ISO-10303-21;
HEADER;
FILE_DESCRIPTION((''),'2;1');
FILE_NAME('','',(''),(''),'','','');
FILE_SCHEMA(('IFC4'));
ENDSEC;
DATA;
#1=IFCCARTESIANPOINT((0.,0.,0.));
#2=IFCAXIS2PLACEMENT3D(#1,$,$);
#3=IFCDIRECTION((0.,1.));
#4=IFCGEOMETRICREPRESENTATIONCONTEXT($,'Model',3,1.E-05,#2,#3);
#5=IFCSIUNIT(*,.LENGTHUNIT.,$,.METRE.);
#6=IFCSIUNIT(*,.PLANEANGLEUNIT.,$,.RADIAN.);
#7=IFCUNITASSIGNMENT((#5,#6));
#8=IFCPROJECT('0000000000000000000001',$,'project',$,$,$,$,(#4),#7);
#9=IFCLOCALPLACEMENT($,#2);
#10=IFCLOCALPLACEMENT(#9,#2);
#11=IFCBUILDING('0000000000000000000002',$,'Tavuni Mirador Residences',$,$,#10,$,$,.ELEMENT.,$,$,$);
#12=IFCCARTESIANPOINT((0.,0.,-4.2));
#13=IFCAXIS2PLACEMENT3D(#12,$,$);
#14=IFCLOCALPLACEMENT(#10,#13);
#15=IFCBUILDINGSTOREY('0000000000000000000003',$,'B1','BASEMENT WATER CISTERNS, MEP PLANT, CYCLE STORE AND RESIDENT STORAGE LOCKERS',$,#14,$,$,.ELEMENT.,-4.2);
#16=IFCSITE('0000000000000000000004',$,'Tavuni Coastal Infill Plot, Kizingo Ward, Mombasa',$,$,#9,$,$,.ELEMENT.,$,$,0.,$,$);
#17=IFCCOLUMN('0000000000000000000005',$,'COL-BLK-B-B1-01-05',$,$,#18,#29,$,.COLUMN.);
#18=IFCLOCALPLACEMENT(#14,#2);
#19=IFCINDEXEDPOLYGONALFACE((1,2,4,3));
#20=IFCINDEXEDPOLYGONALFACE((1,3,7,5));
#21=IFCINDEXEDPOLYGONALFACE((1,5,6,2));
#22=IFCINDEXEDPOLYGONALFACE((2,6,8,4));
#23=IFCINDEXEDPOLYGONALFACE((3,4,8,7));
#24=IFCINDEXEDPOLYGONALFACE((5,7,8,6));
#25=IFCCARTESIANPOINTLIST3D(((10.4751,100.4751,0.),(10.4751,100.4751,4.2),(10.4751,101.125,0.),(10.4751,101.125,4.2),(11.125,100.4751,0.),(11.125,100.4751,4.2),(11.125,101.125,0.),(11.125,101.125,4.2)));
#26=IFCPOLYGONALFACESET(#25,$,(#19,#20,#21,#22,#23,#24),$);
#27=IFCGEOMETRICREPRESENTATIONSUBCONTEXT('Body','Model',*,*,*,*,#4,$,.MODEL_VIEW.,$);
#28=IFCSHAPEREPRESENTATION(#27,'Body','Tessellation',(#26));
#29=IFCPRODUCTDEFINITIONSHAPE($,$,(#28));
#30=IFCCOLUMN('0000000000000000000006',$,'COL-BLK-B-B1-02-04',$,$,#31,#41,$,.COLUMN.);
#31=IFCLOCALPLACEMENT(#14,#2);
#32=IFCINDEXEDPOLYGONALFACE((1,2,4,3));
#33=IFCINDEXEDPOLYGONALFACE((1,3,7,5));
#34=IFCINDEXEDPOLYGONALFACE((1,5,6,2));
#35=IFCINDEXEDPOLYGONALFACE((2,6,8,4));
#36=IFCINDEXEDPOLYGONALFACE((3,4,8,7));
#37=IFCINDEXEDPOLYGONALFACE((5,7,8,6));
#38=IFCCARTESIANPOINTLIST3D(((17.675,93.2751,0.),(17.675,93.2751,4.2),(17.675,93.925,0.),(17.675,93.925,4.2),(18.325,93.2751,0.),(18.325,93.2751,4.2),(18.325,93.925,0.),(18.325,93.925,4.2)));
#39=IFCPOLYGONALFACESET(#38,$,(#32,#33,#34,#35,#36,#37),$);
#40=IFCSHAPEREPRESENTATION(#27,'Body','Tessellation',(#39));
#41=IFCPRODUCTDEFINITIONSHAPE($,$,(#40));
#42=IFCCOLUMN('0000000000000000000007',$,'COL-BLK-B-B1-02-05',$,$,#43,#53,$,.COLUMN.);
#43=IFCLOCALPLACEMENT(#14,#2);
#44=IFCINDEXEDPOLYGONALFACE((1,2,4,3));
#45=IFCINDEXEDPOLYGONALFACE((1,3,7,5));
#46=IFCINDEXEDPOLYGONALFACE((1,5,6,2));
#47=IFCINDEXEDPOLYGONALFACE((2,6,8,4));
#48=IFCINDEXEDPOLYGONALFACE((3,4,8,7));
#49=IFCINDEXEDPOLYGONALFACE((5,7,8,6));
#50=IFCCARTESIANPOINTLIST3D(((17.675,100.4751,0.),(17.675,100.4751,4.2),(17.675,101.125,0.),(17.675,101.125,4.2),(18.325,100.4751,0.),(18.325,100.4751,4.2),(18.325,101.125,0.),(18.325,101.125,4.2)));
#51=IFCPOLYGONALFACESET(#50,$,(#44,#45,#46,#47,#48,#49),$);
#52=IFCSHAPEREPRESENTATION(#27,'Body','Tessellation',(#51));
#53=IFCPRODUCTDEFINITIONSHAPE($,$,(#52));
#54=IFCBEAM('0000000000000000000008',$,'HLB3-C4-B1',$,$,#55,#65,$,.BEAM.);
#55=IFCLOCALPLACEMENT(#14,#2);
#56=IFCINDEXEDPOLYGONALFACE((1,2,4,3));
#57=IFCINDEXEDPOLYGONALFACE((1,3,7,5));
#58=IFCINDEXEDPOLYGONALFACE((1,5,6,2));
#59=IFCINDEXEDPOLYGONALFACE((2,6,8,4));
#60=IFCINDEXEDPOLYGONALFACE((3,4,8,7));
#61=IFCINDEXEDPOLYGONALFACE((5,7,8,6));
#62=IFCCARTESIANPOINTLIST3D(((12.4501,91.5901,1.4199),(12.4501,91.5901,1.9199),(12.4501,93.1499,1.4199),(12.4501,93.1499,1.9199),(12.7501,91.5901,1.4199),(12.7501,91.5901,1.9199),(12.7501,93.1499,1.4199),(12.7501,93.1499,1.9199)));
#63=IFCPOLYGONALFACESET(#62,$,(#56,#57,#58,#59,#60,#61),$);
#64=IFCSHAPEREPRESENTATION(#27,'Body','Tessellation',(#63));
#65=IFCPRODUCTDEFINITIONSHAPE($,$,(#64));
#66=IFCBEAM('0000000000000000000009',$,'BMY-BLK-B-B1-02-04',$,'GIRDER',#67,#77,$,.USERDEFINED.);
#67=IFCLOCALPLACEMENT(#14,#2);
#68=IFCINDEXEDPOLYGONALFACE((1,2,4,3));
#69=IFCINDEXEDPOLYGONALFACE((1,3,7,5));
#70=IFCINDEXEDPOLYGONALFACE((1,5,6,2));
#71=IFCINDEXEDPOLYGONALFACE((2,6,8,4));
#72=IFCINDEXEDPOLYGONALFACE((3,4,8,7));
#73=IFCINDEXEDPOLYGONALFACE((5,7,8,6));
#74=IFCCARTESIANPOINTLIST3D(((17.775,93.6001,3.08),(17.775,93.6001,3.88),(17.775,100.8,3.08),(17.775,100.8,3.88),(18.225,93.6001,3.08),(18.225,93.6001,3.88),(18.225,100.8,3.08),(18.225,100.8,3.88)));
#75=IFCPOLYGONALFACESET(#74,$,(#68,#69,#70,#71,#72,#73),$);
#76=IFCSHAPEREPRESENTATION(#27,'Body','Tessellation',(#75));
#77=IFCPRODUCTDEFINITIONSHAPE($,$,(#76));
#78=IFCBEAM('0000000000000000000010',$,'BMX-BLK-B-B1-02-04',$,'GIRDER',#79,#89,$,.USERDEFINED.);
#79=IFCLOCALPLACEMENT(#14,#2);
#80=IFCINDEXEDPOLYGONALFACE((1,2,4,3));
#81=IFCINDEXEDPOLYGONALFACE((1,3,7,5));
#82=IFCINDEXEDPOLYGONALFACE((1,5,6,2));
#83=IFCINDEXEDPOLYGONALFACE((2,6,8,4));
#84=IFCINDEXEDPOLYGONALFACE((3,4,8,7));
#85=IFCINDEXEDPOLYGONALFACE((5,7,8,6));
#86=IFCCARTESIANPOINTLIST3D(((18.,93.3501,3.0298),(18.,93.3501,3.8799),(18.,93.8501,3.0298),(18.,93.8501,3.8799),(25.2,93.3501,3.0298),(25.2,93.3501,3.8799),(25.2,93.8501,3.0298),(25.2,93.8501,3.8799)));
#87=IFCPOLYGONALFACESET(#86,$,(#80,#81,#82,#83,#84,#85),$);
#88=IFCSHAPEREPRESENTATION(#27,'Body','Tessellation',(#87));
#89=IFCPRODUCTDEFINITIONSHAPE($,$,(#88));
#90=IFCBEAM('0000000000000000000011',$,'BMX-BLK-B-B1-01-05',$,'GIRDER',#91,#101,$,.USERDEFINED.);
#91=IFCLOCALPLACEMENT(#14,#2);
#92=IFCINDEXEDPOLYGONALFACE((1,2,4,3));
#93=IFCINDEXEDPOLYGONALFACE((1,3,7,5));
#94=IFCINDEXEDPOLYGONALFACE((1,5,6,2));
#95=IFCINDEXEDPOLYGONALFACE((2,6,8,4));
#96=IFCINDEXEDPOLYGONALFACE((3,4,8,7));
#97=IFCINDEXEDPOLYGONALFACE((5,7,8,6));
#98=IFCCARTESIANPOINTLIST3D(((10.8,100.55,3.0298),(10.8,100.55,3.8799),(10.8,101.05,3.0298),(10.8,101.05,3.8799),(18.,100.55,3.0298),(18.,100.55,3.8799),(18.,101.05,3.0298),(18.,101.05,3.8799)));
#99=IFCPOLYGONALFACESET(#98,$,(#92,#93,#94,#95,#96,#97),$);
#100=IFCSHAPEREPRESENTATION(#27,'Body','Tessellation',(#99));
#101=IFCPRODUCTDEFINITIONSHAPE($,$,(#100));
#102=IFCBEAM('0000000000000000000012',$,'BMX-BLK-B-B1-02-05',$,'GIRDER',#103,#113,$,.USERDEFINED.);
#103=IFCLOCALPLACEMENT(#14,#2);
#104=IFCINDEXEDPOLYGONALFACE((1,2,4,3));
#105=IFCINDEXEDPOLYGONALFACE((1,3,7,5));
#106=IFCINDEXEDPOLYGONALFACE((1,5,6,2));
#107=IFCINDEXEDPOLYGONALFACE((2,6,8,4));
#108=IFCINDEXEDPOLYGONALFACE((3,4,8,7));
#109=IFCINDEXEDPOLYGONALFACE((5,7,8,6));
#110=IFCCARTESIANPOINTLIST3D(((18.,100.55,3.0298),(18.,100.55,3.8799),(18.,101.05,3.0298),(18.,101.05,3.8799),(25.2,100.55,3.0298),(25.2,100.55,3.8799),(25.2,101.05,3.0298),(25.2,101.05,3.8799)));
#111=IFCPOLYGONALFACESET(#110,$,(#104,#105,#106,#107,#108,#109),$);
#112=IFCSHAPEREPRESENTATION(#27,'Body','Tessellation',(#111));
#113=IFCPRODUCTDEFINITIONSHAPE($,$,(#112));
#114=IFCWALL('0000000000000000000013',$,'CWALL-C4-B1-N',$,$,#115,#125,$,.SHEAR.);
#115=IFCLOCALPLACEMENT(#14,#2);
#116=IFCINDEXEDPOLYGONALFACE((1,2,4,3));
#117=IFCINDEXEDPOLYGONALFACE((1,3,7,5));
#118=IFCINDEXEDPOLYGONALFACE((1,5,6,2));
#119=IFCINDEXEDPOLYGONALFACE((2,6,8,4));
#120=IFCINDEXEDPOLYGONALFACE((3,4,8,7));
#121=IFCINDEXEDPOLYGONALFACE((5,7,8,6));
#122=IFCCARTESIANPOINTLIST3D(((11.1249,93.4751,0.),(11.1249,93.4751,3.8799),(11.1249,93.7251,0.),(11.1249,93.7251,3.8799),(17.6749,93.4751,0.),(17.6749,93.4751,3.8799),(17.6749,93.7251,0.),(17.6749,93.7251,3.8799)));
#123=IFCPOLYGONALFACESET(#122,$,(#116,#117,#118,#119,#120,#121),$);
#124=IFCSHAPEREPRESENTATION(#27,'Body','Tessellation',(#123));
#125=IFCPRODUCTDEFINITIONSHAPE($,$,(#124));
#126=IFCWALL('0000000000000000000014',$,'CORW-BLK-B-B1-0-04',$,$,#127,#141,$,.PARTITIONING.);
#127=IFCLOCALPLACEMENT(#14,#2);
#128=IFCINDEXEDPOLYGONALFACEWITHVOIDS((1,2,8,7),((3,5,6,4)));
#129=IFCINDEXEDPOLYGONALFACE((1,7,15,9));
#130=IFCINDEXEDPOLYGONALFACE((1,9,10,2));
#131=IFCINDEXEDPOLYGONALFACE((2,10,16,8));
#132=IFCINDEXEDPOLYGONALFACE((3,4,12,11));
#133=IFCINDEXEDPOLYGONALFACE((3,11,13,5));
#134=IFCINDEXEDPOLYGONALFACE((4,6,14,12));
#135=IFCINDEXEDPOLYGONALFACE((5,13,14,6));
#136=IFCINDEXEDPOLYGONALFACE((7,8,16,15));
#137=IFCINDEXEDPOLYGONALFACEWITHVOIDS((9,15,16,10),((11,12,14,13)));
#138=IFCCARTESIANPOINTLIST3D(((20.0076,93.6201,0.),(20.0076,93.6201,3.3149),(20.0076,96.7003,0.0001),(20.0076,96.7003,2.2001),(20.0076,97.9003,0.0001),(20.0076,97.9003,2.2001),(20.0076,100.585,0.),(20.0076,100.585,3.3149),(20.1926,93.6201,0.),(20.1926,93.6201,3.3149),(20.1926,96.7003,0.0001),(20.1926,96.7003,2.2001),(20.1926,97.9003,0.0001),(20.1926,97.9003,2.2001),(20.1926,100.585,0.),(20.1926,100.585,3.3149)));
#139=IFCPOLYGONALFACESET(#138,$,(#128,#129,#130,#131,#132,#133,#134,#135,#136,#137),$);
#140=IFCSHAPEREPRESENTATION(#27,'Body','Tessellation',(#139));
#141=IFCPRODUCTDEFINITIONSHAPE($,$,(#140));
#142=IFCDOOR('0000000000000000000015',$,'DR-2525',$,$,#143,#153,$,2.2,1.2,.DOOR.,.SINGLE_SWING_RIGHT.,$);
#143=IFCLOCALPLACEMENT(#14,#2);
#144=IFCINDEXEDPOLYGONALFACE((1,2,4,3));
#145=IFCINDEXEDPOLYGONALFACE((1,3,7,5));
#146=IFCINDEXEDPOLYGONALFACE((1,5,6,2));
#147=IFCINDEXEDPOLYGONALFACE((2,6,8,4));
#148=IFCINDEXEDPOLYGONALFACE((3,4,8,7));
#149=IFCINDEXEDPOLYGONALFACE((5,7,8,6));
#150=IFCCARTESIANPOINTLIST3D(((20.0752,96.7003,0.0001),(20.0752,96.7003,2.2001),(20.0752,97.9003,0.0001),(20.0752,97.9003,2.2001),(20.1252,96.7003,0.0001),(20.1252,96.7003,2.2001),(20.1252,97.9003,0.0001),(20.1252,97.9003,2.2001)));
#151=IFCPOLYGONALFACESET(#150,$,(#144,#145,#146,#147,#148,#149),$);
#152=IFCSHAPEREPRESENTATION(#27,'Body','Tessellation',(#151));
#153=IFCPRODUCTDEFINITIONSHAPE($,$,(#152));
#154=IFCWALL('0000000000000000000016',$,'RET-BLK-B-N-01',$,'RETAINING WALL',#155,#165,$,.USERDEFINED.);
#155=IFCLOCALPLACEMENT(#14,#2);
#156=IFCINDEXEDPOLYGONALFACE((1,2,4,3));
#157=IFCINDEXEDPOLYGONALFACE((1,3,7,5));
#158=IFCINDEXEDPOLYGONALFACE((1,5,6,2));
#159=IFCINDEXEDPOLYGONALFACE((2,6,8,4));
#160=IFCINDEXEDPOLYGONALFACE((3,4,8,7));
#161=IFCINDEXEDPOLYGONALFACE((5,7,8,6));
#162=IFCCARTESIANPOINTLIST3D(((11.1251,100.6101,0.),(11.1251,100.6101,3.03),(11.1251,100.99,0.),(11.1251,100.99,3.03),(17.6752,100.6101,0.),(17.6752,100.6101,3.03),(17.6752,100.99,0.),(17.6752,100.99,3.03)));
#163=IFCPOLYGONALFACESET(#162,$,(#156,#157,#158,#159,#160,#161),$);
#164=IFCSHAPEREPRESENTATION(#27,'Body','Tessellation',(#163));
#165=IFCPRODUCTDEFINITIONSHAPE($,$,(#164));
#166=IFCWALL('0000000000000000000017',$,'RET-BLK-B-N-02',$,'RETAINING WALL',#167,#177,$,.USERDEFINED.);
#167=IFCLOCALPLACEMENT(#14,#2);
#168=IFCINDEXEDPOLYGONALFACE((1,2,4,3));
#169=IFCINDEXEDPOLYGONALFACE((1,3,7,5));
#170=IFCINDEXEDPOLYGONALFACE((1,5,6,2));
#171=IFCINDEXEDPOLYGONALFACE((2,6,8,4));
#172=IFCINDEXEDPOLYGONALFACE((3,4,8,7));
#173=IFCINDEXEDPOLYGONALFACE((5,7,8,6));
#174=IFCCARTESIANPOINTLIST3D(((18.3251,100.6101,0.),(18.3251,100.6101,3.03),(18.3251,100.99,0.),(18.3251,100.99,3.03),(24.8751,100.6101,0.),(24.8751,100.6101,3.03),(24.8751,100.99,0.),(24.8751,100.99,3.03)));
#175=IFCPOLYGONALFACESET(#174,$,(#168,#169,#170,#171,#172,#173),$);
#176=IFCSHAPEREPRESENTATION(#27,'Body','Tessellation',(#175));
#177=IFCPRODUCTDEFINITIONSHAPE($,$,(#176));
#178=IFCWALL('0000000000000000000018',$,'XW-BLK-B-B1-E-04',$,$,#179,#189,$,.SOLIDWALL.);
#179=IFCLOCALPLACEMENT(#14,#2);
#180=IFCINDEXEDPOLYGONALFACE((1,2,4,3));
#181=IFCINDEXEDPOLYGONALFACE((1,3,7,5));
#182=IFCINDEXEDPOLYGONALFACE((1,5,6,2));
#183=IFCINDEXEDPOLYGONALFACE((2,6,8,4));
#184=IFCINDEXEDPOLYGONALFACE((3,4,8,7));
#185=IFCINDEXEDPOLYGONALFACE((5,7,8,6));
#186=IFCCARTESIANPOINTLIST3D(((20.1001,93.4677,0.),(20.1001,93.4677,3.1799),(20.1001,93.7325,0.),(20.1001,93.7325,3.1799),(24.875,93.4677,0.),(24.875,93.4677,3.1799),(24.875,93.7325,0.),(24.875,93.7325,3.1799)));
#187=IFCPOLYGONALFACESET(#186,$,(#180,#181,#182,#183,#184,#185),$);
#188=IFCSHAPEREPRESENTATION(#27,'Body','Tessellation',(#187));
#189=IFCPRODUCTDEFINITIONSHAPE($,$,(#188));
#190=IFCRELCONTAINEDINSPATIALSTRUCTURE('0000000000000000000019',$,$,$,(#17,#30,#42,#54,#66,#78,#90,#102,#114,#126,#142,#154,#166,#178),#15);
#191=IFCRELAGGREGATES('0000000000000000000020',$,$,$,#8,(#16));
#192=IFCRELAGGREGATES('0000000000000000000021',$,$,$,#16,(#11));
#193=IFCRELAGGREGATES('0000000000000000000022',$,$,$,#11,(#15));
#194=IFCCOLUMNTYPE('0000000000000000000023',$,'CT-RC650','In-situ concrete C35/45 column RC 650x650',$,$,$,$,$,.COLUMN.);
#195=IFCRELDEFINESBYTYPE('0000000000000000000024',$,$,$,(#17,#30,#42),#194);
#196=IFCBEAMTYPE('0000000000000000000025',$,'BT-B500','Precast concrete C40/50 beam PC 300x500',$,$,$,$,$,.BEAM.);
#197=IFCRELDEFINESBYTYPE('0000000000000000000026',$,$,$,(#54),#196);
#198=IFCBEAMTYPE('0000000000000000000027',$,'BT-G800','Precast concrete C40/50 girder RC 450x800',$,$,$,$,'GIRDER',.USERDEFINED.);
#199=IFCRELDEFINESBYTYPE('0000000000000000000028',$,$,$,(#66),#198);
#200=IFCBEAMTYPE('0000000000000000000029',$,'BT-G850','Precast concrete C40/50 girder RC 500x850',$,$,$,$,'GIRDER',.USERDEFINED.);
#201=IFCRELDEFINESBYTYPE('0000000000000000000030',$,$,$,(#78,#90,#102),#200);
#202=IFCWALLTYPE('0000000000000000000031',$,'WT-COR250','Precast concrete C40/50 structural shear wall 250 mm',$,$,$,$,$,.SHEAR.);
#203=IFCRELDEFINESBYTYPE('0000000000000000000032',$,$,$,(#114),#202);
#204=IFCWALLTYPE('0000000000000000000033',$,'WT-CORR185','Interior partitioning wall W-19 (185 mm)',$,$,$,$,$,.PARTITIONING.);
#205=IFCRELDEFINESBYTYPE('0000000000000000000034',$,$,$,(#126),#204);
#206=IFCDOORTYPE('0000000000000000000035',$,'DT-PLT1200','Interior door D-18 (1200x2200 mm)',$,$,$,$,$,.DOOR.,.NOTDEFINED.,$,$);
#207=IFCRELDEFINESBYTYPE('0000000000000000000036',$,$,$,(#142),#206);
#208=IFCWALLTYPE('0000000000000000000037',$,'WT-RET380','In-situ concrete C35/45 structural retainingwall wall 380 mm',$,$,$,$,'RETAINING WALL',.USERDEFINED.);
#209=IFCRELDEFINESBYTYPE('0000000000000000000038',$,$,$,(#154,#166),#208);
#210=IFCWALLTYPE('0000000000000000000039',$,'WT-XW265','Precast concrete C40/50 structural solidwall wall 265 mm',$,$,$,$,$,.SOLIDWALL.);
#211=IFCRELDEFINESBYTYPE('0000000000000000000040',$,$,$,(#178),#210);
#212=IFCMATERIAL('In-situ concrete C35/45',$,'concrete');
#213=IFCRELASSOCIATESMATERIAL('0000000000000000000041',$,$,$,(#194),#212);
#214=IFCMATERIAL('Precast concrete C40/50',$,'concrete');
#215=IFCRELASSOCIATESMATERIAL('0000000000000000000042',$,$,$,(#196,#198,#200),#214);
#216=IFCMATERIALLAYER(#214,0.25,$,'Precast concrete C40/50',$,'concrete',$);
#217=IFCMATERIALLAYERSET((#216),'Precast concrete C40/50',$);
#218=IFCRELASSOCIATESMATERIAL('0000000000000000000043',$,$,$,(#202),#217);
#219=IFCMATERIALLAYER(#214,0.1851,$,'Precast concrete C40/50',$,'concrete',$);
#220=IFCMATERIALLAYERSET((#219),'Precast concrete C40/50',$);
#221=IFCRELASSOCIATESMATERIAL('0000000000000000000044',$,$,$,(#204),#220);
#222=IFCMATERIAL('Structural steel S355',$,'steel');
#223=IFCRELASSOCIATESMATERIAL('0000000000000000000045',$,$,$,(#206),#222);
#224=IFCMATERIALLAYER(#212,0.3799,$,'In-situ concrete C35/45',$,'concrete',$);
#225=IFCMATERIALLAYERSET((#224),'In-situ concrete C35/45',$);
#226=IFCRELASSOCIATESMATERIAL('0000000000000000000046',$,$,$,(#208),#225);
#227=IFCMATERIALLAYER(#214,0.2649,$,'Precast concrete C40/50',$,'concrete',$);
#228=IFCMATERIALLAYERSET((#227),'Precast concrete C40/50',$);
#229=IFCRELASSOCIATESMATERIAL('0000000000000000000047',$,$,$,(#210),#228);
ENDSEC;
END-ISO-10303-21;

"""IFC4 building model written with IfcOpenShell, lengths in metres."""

from ifc_helpers import new_model, si_unit, direction, frame, frame_2d, origin, origin_2d, place, context, subcontext, project, spatial, rectangle, extrude, material, layer, layer_set, material_profile, profile_set, type_object, element, fill, save


model = new_model("IFC4")

# Units and contexts
model_context = context("Model", 3, precision=1e-05, world=origin(), true_north=direction((0.0, 1.0)))
body_context = subcontext(model_context, "Body", "Model", "MODEL_VIEW")
ifc_project = project(units=[si_unit("LENGTHUNIT", "METRE"), si_unit("PLANEANGLEUNIT", "RADIAN")], contexts=[model_context])

# Site, building, storey
site_placement = place(None, origin())
site = spatial("IfcSite", under=ifc_project, at=site_placement, Name="Tavuni Coastal Infill Plot, Kizingo Ward, Mombasa", CompositionType="ELEMENT", RefElevation=0.0)
building_placement = place(site_placement, origin())
building = spatial("IfcBuilding", under=site, at=building_placement, Name="Tavuni Mirador Residences", CompositionType="ELEMENT")
storey_placement = place(building_placement, frame((0.0, 0.0, -4.2)))
storey = spatial("IfcBuildingStorey", under=building, at=storey_placement, Name="B1", Description="BASEMENT WATER CISTERNS, MEP PLANT, CYCLE STORE AND RESIDENT STORAGE LOCKERS", CompositionType="ELEMENT", Elevation=-4.2)

# Shared definitions
ifc_material_1 = material(Name="In-situ concrete C35/45", Category="concrete")

# Columns
ifc_material_profile_1 = material_profile(ifc_material_1, rectangle(XDim=0.6499, YDim=0.6499, at=origin_2d()), Name="RC 650x650", Category="concrete")
ifc_profile_set_1 = profile_set([ifc_material_profile_1], Name="In-situ concrete C35/45")
column_type = type_object("IfcColumnType", Name="CT-RC650", Description="In-situ concrete C35/45 column RC 650x650", PredefinedType="COLUMN", material=ifc_profile_set_1)
for number, where, z_axis, x_axis, name in (
    (1, (10.8, 100.8, 0.0), (0.0, 0.0, 1.0), (1.0, 0.0, 0.0), "COL-BLK-B-B1-01-05"),
    (2, (18.0, 93.6001, 0.0), (0.0, 0.0, 1.0), (1.0, 0.0, 0.0), "COL-BLK-B-B1-02-04"),
    (3, (18.0, 100.8, 0.0), (0.0, 0.0, 1.0), (1.0, 0.0, 0.0), "COL-BLK-B-B1-02-05"),
):
    element("IfcColumn", number, at=place(storey_placement, frame(where, z_axis=z_axis, x_axis=x_axis)), inside=storey, type_object=column_type, Name=name, PredefinedType="COLUMN", context=body_context, shape_type="SweptSolid", body=[
        extrude(rectangle(XDim=0.6499, YDim=0.6499, at=origin_2d()), origin(), (0.0, 0.0, 1.0), 4.2),
    ])

# Beams
ifc_material_2 = material(Name="Precast concrete C40/50", Category="concrete")
ifc_material_profile_2 = material_profile(ifc_material_2, rectangle(XDim=0.3, YDim=0.5, at=origin_2d()), Name="PC 300x500", Category="concrete")
ifc_profile_set_2 = profile_set([ifc_material_profile_2], Name="Precast concrete C40/50")
beam_type_1 = type_object("IfcBeamType", Name="BT-B500", Description="Precast concrete C40/50 beam PC 300x500", PredefinedType="BEAM", material=ifc_profile_set_2)
beam_1_placement = place(storey_placement, frame((12.6001, 91.5901, 1.6699), z_axis=(0.0, 1.0, 0.0), x_axis=(-1.0, 0.0, 0.0)))
element("IfcBeam", 4, at=beam_1_placement, inside=storey, type_object=beam_type_1, Name="HLB3-C4-B1", PredefinedType="BEAM", context=body_context, shape_type="SweptSolid", body=[
    extrude(rectangle(XDim=0.3, YDim=0.5, at=origin_2d()), origin(), (0.0, 0.0, 1.0), 1.5598),
])
ifc_material_profile_3 = material_profile(ifc_material_2, rectangle(XDim=0.45, YDim=0.8, at=origin_2d()), Name="RC 450x800", Category="concrete")
ifc_profile_set_3 = profile_set([ifc_material_profile_3], Name="Precast concrete C40/50")
beam_type_2 = type_object("IfcBeamType", Name="BT-G800", Description="Precast concrete C40/50 girder RC 450x800", ElementType="GIRDER", PredefinedType="USERDEFINED", material=ifc_profile_set_3)
beam_2_placement = place(storey_placement, frame((18.0, 93.6001, 3.48), z_axis=(0.0, 1.0, 0.0), x_axis=(-1.0, 0.0, 0.0)))
element("IfcBeam", 5, at=beam_2_placement, inside=storey, type_object=beam_type_2, Name="BMY-BLK-B-B1-02-04", ObjectType="GIRDER", PredefinedType="USERDEFINED", context=body_context, shape_type="SweptSolid", body=[
    extrude(rectangle(XDim=0.45, YDim=0.8, at=origin_2d()), origin(), (0.0, 0.0, 1.0), 7.2),
])
ifc_material_profile_4 = material_profile(ifc_material_2, rectangle(XDim=0.5, YDim=0.8501, at=origin_2d()), Name="RC 500x850", Category="concrete")
ifc_profile_set_4 = profile_set([ifc_material_profile_4], Name="Precast concrete C40/50")
beam_type_3 = type_object("IfcBeamType", Name="BT-G850", Description="Precast concrete C40/50 girder RC 500x850", ElementType="GIRDER", PredefinedType="USERDEFINED", material=ifc_profile_set_4)
for number, where, z_axis, x_axis, name in (
    (6, (18.0, 93.6001, 3.4548), (1.0, 0.0, 0.0), (0.0, 1.0, 0.0), "BMX-BLK-B-B1-02-04"),
    (7, (10.8, 100.8, 3.4548), (1.0, 0.0, 0.0), (0.0, 1.0, 0.0), "BMX-BLK-B-B1-01-05"),
    (8, (18.0, 100.8, 3.4548), (1.0, 0.0, 0.0), (0.0, 1.0, 0.0), "BMX-BLK-B-B1-02-05"),
):
    element("IfcBeam", number, at=place(storey_placement, frame(where, z_axis=z_axis, x_axis=x_axis)), inside=storey, type_object=beam_type_3, Name=name, ObjectType="GIRDER", PredefinedType="USERDEFINED", context=body_context, shape_type="SweptSolid", body=[
        extrude(rectangle(XDim=0.5, YDim=0.8501, at=origin_2d()), origin(), (0.0, 0.0, 1.0), 7.2),
    ])

# Wall
ifc_layer_1 = layer(ifc_material_2, 0.25, Name="Precast concrete C40/50", Category="concrete")
ifc_layer_set_1 = layer_set([ifc_layer_1], Name="Precast concrete C40/50")
wall_type_1 = type_object("IfcWallType", Name="WT-COR250", Description="Precast concrete C40/50 structural shear wall 250 mm", PredefinedType="SHEAR", material=ifc_layer_set_1)
wall_1_placement = place(storey_placement, frame((11.125, 93.6001, 0.0), z_axis=(0.0, 0.0, 1.0), x_axis=(1.0, 0.0, 0.0)))
element("IfcWall", 9, at=wall_1_placement, inside=storey, type_object=wall_type_1, Name="CWALL-C4-B1-N", PredefinedType="SHEAR", context=body_context, shape_type="SweptSolid", body=[
    extrude(rectangle(XDim=6.55, YDim=0.25, at=frame_2d((3.2749, 0.0))), origin(), (0.0, 0.0, 1.0), 3.8799),
])

# Wall, opening, door
ifc_layer_2 = layer(ifc_material_2, 0.1851, Name="Precast concrete C40/50", Category="concrete")
ifc_layer_set_2 = layer_set([ifc_layer_2], Name="Precast concrete C40/50")
wall_type_2 = type_object("IfcWallType", Name="WT-CORR185", Description="Interior partitioning wall W-19 (185 mm)", PredefinedType="PARTITIONING", material=ifc_layer_set_2)
wall_2_placement = place(storey_placement, frame((20.1001, 93.6201, 0.0), z_axis=(0.0, 0.0, 1.0), x_axis=(0.0, 1.0, 0.0)))
wall_2 = element("IfcWall", 10, at=wall_2_placement, inside=storey, type_object=wall_type_2, Name="CORW-BLK-B-B1-0-04", PredefinedType="PARTITIONING", context=body_context, shape_type="SweptSolid", body=[
    extrude(rectangle(XDim=6.9648, YDim=0.1851, at=frame_2d((3.4824, 0.0))), origin(), (0.0, 0.0, 1.0), 3.3149),
])
opening_placement = place(wall_2_placement, frame((3.0801, 0.0, 0.0)))
opening = element("IfcOpeningElement", 11, at=opening_placement, cuts=wall_2, PredefinedType="OPENING", context=body_context, shape_type="SweptSolid", body=[
    extrude(rectangle(XDim=1.2, YDim=2.2, at=frame_2d((0.6001, 1.1001))), frame((0.0, 0.1025, 0.0), z_axis=(0.0, -1.0, 0.0), x_axis=(1.0, 0.0, 0.0)), (0.0, 0.0, 1.0), 0.2051),
])
ifc_material_3 = material(Name="Structural steel S355", Category="steel")
door_type = type_object("IfcDoorType", Name="DT-PLT1200", Description="Interior door D-18 (1200x2200 mm)", OperationType="NOTDEFINED", PredefinedType="DOOR", material=ifc_material_3)
door_placement = place(opening_placement, origin())
door = element("IfcDoor", 12, at=door_placement, inside=storey, type_object=door_type, Name="DR-2525", OperationType="SINGLE_SWING_RIGHT", OverallHeight=2.2, OverallWidth=1.2, PredefinedType="DOOR", context=body_context, shape_type="SweptSolid", body=[
    extrude(rectangle(XDim=1.2, YDim=2.2, at=frame_2d((0.6001, 1.1001))), frame((0.0, 0.0249, 0.0), z_axis=(0.0, -1.0, 0.0), x_axis=(1.0, 0.0, 0.0)), (0.0, 0.0, 1.0), 0.05),
])
fill(opening, door)

# Walls
ifc_layer_3 = layer(ifc_material_1, 0.3799, Name="In-situ concrete C35/45", Category="concrete")
ifc_layer_set_3 = layer_set([ifc_layer_3], Name="In-situ concrete C35/45")
wall_type_3 = type_object("IfcWallType", Name="WT-RET380", Description="In-situ concrete C35/45 structural retainingwall wall 380 mm", ElementType="RETAINING WALL", PredefinedType="USERDEFINED", material=ifc_layer_set_3)
for number, where, z_axis, x_axis, name in (
    (13, (17.675, 100.8, 0.0), (0.0, 0.0, 1.0), (-1.0, 0.0, 0.0), "RET-BLK-B-N-01"),
    (14, (24.875, 100.8, 0.0), (0.0, 0.0, 1.0), (-1.0, 0.0, 0.0), "RET-BLK-B-N-02"),
):
    element("IfcWall", number, at=place(storey_placement, frame(where, z_axis=z_axis, x_axis=x_axis)), inside=storey, type_object=wall_type_3, Name=name, ObjectType="RETAINING WALL", PredefinedType="USERDEFINED", context=body_context, shape_type="SweptSolid", body=[
        extrude(rectangle(XDim=6.55, YDim=0.3799, at=frame_2d((3.2749, 0.0))), origin(), (0.0, 0.0, 1.0), 3.03),
    ])
ifc_layer_4 = layer(ifc_material_2, 0.2649, Name="Precast concrete C40/50", Category="concrete")
ifc_layer_set_4 = layer_set([ifc_layer_4], Name="Precast concrete C40/50")
wall_type_4 = type_object("IfcWallType", Name="WT-XW265", Description="Precast concrete C40/50 structural solidwall wall 265 mm", PredefinedType="SOLIDWALL", material=ifc_layer_set_4)
wall_3_placement = place(storey_placement, frame((20.1001, 93.6001, 0.0), z_axis=(0.0, 0.0, 1.0), x_axis=(1.0, 0.0, 0.0)))
element("IfcWall", 15, at=wall_3_placement, inside=storey, type_object=wall_type_4, Name="XW-BLK-B-B1-E-04", PredefinedType="SOLIDWALL", context=body_context, shape_type="SweptSolid", body=[
    extrude(rectangle(XDim=4.7749, YDim=0.2649, at=frame_2d((2.3875, 0.0))), origin(), (0.0, 0.0, 1.0), 3.1799),
])

save(model, "model.ifc")
